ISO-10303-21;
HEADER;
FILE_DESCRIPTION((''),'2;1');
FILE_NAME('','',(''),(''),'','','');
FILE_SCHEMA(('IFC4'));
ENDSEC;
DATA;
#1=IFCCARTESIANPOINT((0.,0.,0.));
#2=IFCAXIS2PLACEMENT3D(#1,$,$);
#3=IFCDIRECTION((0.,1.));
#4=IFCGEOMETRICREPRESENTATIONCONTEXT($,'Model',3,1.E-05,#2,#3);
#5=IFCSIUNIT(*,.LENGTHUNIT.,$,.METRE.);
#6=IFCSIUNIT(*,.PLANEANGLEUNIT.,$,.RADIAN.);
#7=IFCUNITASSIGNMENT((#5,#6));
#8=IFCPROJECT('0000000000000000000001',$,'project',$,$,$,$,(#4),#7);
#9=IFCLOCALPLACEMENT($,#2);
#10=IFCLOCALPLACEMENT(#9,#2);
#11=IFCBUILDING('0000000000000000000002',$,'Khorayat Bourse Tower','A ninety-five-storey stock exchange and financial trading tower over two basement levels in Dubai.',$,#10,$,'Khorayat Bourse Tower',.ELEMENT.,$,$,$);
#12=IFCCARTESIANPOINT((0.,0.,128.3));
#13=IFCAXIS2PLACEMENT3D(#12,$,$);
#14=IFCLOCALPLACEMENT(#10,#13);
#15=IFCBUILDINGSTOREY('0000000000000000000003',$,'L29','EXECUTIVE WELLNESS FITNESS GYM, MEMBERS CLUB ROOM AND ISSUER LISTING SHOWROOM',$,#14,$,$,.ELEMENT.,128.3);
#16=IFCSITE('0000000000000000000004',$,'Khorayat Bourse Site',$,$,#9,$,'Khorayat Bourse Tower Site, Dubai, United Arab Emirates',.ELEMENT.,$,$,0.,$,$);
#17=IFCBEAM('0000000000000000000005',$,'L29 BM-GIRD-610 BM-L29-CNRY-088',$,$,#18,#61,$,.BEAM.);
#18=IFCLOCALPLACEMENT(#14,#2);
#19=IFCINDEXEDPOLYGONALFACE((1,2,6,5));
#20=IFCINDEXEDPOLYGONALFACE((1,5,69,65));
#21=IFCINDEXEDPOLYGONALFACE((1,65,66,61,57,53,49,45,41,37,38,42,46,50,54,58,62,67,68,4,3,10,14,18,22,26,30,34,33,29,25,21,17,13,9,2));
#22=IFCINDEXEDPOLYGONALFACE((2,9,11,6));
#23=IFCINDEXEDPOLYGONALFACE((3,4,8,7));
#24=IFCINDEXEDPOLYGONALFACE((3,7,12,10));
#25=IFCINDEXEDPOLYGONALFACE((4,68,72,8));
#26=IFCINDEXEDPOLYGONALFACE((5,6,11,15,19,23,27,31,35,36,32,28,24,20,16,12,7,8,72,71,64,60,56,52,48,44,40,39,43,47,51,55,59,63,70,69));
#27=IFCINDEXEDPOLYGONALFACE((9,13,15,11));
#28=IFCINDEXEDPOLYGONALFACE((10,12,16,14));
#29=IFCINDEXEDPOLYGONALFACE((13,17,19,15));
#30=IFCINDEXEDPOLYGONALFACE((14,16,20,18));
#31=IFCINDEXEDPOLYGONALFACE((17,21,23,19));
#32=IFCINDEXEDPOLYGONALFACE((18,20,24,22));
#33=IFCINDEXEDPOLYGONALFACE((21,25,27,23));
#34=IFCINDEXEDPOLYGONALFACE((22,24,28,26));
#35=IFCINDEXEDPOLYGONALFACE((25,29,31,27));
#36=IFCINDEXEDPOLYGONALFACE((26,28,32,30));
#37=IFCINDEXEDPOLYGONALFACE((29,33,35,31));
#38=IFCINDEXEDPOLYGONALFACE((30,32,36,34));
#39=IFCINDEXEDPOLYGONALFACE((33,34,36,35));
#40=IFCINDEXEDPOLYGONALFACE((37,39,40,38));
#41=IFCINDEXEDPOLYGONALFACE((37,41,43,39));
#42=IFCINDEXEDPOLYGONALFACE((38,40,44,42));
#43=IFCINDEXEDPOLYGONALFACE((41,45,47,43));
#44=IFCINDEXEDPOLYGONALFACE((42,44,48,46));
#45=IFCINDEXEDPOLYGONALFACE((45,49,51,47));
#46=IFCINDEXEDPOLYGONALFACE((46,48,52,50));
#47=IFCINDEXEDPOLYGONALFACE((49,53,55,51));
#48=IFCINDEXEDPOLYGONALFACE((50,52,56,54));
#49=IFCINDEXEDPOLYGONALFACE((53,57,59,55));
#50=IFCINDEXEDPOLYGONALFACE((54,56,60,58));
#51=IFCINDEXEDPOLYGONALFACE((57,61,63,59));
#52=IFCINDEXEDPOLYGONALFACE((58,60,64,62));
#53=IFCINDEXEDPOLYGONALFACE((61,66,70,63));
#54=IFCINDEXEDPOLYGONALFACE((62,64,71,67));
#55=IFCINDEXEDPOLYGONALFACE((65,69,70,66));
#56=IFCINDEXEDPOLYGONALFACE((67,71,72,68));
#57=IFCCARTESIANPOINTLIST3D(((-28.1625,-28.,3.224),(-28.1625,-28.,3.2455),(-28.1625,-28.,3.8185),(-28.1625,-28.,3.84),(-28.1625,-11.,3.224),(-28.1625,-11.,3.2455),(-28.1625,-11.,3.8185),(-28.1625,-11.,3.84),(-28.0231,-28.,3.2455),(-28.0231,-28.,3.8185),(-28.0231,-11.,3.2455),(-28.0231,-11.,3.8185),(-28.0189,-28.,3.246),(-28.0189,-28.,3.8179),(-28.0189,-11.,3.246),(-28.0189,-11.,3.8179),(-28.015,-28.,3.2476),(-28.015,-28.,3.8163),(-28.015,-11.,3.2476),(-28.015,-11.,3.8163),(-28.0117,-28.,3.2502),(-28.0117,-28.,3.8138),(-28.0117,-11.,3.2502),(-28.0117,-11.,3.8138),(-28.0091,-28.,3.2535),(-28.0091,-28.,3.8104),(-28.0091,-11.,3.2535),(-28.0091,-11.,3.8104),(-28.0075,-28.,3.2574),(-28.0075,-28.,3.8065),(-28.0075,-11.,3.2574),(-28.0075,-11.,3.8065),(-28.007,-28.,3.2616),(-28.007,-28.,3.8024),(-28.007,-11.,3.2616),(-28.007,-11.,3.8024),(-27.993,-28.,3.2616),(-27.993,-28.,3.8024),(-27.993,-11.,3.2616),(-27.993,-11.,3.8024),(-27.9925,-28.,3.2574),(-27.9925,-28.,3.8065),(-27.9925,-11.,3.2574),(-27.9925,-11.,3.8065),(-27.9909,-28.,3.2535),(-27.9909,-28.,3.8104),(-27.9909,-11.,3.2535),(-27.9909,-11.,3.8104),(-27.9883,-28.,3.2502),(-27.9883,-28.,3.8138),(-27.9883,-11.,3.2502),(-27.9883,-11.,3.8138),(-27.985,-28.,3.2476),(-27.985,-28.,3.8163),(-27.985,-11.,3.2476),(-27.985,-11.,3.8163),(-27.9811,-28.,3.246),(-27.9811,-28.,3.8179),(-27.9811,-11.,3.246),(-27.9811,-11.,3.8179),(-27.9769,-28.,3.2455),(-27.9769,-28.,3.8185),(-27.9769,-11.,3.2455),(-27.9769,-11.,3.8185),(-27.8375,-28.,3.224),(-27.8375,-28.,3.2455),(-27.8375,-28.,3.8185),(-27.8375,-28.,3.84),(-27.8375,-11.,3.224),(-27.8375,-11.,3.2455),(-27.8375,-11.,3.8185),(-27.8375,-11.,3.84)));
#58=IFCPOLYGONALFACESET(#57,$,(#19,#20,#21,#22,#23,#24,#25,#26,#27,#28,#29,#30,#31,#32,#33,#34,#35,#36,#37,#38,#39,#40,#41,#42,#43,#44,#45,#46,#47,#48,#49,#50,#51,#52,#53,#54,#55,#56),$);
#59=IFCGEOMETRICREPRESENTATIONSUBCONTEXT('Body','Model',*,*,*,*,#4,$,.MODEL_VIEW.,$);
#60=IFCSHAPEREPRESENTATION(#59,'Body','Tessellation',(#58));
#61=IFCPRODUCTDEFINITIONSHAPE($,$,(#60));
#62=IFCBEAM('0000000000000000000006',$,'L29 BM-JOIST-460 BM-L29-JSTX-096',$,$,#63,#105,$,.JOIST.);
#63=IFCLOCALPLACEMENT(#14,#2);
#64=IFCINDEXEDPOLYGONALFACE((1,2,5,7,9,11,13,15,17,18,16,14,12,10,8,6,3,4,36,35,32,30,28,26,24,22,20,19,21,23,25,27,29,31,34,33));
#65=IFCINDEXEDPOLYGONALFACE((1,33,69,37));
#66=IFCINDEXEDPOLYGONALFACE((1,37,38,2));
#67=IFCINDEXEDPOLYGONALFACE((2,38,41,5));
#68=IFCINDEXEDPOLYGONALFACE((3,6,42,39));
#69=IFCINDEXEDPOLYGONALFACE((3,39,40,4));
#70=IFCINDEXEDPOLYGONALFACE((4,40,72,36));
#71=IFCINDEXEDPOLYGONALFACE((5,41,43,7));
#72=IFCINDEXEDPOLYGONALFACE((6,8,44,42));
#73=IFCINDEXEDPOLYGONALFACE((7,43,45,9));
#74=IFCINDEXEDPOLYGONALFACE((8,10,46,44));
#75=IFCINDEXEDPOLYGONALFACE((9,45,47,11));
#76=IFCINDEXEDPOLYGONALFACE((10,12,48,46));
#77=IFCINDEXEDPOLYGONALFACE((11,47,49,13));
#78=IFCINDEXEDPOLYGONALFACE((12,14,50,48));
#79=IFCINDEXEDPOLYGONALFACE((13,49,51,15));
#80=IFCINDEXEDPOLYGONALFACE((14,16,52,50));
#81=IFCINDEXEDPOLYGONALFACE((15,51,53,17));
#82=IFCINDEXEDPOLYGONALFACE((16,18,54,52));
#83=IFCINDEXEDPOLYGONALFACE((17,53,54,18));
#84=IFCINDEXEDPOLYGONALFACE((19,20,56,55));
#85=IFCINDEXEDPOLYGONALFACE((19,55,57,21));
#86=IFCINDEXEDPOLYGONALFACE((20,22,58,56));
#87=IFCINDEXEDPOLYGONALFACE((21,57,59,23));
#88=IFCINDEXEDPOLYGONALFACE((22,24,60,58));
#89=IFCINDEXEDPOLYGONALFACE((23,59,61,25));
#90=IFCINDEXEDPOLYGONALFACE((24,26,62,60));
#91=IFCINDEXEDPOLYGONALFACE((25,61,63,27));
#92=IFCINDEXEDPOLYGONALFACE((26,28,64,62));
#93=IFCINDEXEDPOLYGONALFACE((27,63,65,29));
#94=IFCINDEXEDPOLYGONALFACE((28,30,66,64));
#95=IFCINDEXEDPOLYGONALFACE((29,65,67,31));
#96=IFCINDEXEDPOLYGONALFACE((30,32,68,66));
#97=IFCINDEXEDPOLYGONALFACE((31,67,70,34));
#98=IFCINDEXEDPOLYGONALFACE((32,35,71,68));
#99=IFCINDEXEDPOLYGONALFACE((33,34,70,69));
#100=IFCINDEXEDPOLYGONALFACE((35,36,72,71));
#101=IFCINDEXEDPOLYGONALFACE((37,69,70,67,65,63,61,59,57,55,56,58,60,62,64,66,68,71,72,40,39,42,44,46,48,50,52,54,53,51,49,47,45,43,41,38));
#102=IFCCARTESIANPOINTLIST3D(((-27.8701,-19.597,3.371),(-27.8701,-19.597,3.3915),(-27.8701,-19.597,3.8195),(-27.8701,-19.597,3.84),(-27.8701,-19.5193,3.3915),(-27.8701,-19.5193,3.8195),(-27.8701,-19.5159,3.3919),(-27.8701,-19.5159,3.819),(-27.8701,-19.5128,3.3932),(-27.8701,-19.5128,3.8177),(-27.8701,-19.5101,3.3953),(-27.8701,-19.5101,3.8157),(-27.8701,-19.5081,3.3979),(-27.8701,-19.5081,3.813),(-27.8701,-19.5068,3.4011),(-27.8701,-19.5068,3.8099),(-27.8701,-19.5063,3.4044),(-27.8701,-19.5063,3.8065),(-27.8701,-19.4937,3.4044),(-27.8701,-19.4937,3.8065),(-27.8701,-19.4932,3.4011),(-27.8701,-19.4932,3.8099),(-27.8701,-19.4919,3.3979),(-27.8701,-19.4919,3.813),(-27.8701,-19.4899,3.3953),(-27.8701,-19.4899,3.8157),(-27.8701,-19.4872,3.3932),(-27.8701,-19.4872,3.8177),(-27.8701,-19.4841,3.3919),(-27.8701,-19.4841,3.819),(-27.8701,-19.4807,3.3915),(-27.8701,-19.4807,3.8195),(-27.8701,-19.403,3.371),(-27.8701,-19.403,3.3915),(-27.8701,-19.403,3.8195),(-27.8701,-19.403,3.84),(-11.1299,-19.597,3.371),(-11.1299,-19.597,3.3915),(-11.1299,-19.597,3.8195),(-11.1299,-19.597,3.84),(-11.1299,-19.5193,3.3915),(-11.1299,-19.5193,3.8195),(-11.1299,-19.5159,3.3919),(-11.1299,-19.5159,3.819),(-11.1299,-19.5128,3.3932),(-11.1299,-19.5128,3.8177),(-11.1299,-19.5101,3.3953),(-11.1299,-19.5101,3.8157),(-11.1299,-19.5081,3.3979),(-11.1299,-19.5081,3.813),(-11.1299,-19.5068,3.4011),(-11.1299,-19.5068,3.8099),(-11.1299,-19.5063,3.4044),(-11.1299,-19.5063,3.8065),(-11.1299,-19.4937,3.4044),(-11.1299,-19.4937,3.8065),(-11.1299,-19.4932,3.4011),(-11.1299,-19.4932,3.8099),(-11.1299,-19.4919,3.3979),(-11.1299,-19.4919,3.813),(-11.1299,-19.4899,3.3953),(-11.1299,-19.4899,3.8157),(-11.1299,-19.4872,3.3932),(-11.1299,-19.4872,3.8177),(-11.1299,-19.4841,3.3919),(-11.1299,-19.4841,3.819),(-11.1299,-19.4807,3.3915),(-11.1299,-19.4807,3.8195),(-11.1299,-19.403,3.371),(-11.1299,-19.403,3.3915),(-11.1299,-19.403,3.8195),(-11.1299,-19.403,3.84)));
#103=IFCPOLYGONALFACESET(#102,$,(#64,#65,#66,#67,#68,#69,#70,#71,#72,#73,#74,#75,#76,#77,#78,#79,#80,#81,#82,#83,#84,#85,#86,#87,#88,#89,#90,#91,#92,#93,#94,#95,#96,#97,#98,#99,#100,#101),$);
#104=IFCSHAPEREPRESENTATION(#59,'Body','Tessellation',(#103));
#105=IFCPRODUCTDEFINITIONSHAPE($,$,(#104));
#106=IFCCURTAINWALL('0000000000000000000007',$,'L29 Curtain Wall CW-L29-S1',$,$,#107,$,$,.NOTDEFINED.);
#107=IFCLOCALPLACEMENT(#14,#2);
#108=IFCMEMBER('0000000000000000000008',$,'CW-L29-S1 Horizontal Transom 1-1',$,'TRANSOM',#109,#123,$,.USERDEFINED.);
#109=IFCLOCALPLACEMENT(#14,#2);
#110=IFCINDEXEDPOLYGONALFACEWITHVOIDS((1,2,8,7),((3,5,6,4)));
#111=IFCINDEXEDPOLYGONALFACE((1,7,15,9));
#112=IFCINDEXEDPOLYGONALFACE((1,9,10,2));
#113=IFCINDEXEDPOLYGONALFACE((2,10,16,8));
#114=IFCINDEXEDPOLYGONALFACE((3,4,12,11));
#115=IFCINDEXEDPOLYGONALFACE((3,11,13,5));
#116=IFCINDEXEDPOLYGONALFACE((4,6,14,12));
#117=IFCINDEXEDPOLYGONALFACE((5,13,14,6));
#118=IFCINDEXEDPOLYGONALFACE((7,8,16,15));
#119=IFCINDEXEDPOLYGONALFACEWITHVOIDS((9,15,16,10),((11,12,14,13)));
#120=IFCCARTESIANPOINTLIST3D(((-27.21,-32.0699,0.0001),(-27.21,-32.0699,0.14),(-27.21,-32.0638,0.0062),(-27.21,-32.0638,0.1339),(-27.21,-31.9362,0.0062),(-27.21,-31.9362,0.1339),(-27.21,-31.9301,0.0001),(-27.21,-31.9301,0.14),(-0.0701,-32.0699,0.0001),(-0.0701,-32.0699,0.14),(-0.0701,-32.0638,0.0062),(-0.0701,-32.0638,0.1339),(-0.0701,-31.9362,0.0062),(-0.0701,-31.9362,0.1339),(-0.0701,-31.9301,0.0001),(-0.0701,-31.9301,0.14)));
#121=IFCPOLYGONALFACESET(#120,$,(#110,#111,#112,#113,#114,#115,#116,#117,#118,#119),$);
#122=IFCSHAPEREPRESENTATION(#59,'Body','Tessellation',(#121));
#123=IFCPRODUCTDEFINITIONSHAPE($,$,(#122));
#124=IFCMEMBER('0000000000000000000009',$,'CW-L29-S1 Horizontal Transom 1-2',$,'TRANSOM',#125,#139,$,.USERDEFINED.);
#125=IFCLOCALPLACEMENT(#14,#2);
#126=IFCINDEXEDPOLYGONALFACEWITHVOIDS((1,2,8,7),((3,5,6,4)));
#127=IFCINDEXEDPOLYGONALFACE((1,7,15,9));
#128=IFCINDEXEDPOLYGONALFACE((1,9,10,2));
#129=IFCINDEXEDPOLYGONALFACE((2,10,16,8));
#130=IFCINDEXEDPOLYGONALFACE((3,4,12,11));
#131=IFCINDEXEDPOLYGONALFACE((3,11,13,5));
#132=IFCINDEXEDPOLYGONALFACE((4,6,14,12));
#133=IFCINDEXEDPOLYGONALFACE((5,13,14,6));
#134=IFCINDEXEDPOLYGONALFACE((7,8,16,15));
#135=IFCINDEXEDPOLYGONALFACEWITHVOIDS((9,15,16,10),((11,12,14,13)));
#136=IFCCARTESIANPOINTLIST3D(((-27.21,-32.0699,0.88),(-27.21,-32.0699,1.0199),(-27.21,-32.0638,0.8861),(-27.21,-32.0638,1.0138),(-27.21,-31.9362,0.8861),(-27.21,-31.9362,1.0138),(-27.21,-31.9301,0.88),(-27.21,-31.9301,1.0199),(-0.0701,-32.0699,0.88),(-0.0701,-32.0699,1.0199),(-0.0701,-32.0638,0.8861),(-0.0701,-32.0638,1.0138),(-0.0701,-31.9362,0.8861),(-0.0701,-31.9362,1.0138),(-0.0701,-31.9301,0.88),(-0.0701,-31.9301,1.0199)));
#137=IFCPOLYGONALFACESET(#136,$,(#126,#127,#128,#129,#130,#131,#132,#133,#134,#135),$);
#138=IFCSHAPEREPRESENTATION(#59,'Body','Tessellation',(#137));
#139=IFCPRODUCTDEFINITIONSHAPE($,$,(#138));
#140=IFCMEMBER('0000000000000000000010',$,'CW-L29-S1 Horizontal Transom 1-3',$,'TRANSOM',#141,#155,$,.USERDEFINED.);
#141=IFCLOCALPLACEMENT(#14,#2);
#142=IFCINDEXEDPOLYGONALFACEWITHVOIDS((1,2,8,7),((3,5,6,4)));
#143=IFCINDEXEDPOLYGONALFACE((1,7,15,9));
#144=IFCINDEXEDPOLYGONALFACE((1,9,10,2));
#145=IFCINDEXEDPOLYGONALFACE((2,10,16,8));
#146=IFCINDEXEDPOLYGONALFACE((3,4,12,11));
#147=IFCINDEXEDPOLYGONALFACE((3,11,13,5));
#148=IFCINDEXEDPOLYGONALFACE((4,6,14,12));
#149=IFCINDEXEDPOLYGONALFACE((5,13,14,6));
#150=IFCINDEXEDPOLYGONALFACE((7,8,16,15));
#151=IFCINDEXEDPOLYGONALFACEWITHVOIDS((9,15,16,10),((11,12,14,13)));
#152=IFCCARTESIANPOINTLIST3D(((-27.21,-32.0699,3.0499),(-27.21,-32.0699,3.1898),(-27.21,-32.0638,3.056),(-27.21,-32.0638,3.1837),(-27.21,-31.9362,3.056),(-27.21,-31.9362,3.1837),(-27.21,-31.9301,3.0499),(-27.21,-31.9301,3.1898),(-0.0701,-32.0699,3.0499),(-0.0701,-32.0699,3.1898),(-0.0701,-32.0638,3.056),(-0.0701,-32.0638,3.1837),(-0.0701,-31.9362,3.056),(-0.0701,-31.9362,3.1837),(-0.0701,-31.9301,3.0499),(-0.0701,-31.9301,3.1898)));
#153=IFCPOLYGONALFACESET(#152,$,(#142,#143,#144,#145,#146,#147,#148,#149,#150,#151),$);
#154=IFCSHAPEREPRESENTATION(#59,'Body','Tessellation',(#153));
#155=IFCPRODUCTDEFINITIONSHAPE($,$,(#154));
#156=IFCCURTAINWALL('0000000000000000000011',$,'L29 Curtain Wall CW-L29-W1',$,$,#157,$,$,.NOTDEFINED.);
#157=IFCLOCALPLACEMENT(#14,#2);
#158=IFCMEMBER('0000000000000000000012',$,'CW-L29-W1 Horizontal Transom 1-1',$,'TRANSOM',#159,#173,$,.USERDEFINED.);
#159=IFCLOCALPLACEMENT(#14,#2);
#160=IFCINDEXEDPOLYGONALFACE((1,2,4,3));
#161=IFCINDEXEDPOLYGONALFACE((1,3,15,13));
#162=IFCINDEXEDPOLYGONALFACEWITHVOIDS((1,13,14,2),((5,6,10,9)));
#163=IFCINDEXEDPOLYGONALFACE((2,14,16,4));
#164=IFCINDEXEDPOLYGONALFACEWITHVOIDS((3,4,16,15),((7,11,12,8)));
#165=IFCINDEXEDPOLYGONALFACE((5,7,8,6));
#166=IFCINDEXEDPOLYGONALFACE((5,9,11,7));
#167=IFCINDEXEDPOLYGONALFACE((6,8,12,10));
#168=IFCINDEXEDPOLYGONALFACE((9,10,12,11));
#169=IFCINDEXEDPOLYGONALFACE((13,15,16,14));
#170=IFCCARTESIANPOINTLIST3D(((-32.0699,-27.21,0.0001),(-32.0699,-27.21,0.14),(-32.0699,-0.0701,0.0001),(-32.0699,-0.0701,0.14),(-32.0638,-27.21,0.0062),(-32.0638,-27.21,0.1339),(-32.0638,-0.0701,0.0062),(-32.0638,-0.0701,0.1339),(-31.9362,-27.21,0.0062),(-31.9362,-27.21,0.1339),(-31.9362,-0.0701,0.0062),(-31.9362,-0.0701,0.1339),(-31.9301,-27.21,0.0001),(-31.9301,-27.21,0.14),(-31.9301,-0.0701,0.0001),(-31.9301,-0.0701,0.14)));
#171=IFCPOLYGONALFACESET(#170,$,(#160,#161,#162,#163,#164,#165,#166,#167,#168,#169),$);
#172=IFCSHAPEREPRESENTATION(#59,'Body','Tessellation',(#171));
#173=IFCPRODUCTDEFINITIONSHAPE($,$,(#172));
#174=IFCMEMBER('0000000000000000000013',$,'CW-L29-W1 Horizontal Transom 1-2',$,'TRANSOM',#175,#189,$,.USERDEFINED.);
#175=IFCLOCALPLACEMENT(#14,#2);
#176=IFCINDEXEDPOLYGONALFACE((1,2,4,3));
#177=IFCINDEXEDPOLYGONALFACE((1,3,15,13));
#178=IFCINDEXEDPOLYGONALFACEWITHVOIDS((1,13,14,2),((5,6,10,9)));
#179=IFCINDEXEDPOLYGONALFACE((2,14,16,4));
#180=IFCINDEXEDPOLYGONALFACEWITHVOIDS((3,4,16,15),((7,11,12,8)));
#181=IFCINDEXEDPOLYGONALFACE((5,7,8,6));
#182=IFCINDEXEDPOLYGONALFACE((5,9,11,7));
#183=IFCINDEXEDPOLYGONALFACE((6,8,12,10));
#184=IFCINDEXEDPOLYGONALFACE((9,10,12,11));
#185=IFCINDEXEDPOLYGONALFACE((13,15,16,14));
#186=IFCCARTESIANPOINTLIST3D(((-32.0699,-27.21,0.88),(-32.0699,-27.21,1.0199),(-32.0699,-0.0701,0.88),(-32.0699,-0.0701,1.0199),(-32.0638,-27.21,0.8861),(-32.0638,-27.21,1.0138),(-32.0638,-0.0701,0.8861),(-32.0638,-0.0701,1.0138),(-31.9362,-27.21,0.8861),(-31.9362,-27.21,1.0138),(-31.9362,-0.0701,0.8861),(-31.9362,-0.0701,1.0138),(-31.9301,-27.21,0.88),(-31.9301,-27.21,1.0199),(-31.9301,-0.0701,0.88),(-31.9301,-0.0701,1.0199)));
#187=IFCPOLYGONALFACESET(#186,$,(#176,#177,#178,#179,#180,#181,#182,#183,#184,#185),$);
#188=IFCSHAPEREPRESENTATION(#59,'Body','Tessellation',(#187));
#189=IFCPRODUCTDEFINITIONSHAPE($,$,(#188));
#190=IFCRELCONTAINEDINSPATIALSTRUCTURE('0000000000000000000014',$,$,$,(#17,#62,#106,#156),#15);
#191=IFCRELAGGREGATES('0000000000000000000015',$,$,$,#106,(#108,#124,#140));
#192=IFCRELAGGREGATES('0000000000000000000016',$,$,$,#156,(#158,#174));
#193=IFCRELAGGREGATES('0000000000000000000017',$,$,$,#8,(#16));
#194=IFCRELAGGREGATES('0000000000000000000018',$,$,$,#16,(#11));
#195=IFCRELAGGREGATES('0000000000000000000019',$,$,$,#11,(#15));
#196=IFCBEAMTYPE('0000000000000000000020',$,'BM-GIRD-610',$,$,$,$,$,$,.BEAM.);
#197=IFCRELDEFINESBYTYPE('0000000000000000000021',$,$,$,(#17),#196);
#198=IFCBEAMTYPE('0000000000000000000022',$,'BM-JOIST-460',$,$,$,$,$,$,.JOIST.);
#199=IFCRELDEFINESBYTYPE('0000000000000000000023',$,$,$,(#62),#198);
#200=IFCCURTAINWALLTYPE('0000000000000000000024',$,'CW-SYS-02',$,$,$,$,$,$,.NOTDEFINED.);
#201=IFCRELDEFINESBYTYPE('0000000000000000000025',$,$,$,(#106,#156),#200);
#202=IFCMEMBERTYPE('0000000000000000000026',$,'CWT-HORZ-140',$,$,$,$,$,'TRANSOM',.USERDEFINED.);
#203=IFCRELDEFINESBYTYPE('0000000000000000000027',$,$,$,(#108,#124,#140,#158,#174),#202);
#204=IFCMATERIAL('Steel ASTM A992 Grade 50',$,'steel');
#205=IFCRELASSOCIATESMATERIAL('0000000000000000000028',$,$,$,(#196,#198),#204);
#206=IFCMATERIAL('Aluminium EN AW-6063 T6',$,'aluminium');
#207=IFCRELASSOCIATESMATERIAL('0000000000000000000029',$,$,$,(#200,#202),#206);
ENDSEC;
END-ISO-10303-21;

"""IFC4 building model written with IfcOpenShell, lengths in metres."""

from ifc_helpers import new_model, si_unit, direction, frame, origin, origin_2d, place, context, subcontext, project, spatial, hollow_rectangle, i_section, extrude, source, transform, mapped, material, material_profile, profile_set, type_object, element, aggregate, save


model = new_model("IFC4")

# Units and contexts
model_context = context("Model", 3, precision=1e-05, world=origin(), true_north=direction((0.0, 1.0)))
body_context = subcontext(model_context, "Body", "Model", "MODEL_VIEW")
ifc_project = project(units=[si_unit("LENGTHUNIT", "METRE"), si_unit("PLANEANGLEUNIT", "RADIAN")], contexts=[model_context])

# Site, building, storey
site_placement = place(None, origin())
site = spatial("IfcSite", under=ifc_project, at=site_placement, Name="Khorayat Bourse Site", LongName="Khorayat Bourse Tower Site, Dubai, United Arab Emirates", CompositionType="ELEMENT", RefElevation=0.0)
building_placement = place(site_placement, origin())
building = spatial("IfcBuilding", under=site, at=building_placement, Name="Khorayat Bourse Tower", Description="A ninety-five-storey stock exchange and financial trading tower over two basement levels in Dubai.", LongName="Khorayat Bourse Tower", CompositionType="ELEMENT")
storey_placement = place(building_placement, frame((0.0, 0.0, 128.3)))
storey = spatial("IfcBuildingStorey", under=building, at=storey_placement, Name="L29", Description="EXECUTIVE WELLNESS FITNESS GYM, MEMBERS CLUB ROOM AND ISSUER LISTING SHOWROOM", CompositionType="ELEMENT", Elevation=128.3)

# Beams
ifc_material_1 = material(Name="Steel ASTM A992 Grade 50", Category="steel")
ifc_material_profile_1 = material_profile(ifc_material_1, i_section(OverallWidth=0.325, OverallDepth=0.616, WebThickness=0.0139, FlangeThickness=0.0215, FilletRadius=0.0161, at=origin_2d()), Name="W610X174")
ifc_profile_set_1 = profile_set([ifc_material_profile_1], Name="Steel ASTM A992 Grade 50")
beam_type_1 = type_object("IfcBeamType", Name="BM-GIRD-610", PredefinedType="BEAM", material=ifc_profile_set_1)
shared_shape_1 = source(origin(), body_context, "Body", "SweptSolid", [
    extrude(i_section(OverallWidth=0.325, OverallDepth=0.616, WebThickness=0.0139, FlangeThickness=0.0215, FilletRadius=0.0161, at=origin_2d()), origin(), (0.0, 0.0, 1.0), 17.0),
])
beam_1_placement = place(storey_placement, frame((-28.0, -28.0, 3.532), z_axis=(0.0, 1.0, 0.0), x_axis=(-1.0, 0.0, 0.0)))
element("IfcBeam", 1, at=beam_1_placement, inside=storey, type_object=beam_type_1, Name="L29 BM-GIRD-610 BM-L29-CNRY-088", PredefinedType="BEAM", context=body_context, shape_type="MappedRepresentation", body=[
    mapped(shared_shape_1, transform((0.0, 0.0, 0.0), scale=1.0)),
])
ifc_material_profile_2 = material_profile(ifc_material_1, i_section(OverallWidth=0.1941, OverallDepth=0.469, WebThickness=0.0127, FlangeThickness=0.0205, FilletRadius=0.0129, at=origin_2d()), Name="W460X106")
ifc_profile_set_2 = profile_set([ifc_material_profile_2], Name="Steel ASTM A992 Grade 50")
beam_type_2 = type_object("IfcBeamType", Name="BM-JOIST-460", PredefinedType="JOIST", material=ifc_profile_set_2)
shared_shape_2 = source(origin(), body_context, "Body", "SweptSolid", [
    extrude(i_section(OverallWidth=0.1941, OverallDepth=0.469, WebThickness=0.0127, FlangeThickness=0.0205, FilletRadius=0.0129, at=origin_2d()), origin(), (0.0, 0.0, 1.0), 16.7402),
])
beam_2_placement = place(storey_placement, frame((-27.8701, -19.5, 3.6055), z_axis=(1.0, 0.0, 0.0), x_axis=(0.0, 1.0, 0.0)))
element("IfcBeam", 2, at=beam_2_placement, inside=storey, type_object=beam_type_2, Name="L29 BM-JOIST-460 BM-L29-JSTX-096", PredefinedType="JOIST", context=body_context, shape_type="MappedRepresentation", body=[
    mapped(shared_shape_2, transform((0.0, 0.0, 0.0), scale=1.0)),
])

# Curtain walls, members
ifc_material_2 = material(Name="Aluminium EN AW-6063 T6", Category="aluminium")
curtain_wall_type = type_object("IfcCurtainWallType", Name="CW-SYS-02", PredefinedType="NOTDEFINED", material=ifc_material_2)
curtain_wall_1_placement = place(storey_placement, origin())
curtain_wall_1 = element("IfcCurtainWall", 3, at=curtain_wall_1_placement, inside=storey, type_object=curtain_wall_type, Name="L29 Curtain Wall CW-L29-S1", PredefinedType="NOTDEFINED")
ifc_material_profile_3 = material_profile(ifc_material_2, hollow_rectangle(XDim=0.1399, YDim=0.1399, WallThickness=0.0061, at=origin_2d()), Name="ALU 140x140x6")
ifc_profile_set_3 = profile_set([ifc_material_profile_3], Name="Aluminium EN AW-6063 T6")
member_type_1 = type_object("IfcMemberType", Name="CWT-HORZ-140", ElementType="TRANSOM", PredefinedType="USERDEFINED", material=ifc_profile_set_3)
shared_shape_3 = source(origin(), body_context, "Body", "SweptSolid", [
    extrude(hollow_rectangle(XDim=0.1399, YDim=0.1399, WallThickness=0.0061, at=origin_2d()), origin(), (0.0, 0.0, 1.0), 27.1399),
])
member_1_placement = place(storey_placement, frame((-27.21, -32.0, 0.0701), z_axis=(1.0, 0.0, 0.0), x_axis=(0.0, 1.0, 0.0)))
member_1 = element("IfcMember", 4, at=member_1_placement, type_object=member_type_1, Name="CW-L29-S1 Horizontal Transom 1-1", ObjectType="TRANSOM", PredefinedType="USERDEFINED", context=body_context, shape_type="MappedRepresentation", body=[
    mapped(shared_shape_3, transform((0.0, 0.0, 0.0), scale=1.0)),
])
member_2_placement = place(storey_placement, frame((-27.21, -32.0, 0.95), z_axis=(1.0, 0.0, 0.0), x_axis=(0.0, 1.0, 0.0)))
member_2 = element("IfcMember", 5, at=member_2_placement, type_object=member_type_1, Name="CW-L29-S1 Horizontal Transom 1-2", ObjectType="TRANSOM", PredefinedType="USERDEFINED", context=body_context, shape_type="MappedRepresentation", body=[
    mapped(shared_shape_3, transform((0.0, 0.0, 0.0), scale=1.0)),
])
member_3_placement = place(storey_placement, frame((-27.21, -32.0, 3.1199), z_axis=(1.0, 0.0, 0.0), x_axis=(0.0, 1.0, 0.0)))
member_3 = element("IfcMember", 6, at=member_3_placement, type_object=member_type_1, Name="CW-L29-S1 Horizontal Transom 1-3", ObjectType="TRANSOM", PredefinedType="USERDEFINED", context=body_context, shape_type="MappedRepresentation", body=[
    mapped(shared_shape_3, transform((0.0, 0.0, 0.0), scale=1.0)),
])
curtain_wall_2_placement = place(storey_placement, origin())
curtain_wall_2 = element("IfcCurtainWall", 7, at=curtain_wall_2_placement, inside=storey, type_object=curtain_wall_type, Name="L29 Curtain Wall CW-L29-W1", PredefinedType="NOTDEFINED")
member_4_placement = place(storey_placement, frame((-32.0, -27.21, 0.0701), z_axis=(0.0, 1.0, 0.0), x_axis=(-1.0, 0.0, 0.0)))
member_4 = element("IfcMember", 8, at=member_4_placement, type_object=member_type_1, Name="CW-L29-W1 Horizontal Transom 1-1", ObjectType="TRANSOM", PredefinedType="USERDEFINED", context=body_context, shape_type="MappedRepresentation", body=[
    mapped(shared_shape_3, transform((0.0, 0.0, 0.0), scale=1.0)),
])
member_5_placement = place(storey_placement, frame((-32.0, -27.21, 0.95), z_axis=(0.0, 1.0, 0.0), x_axis=(-1.0, 0.0, 0.0)))
member_5 = element("IfcMember", 9, at=member_5_placement, type_object=member_type_1, Name="CW-L29-W1 Horizontal Transom 1-2", ObjectType="TRANSOM", PredefinedType="USERDEFINED", context=body_context, shape_type="MappedRepresentation", body=[
    mapped(shared_shape_3, transform((0.0, 0.0, 0.0), scale=1.0)),
])

aggregate(curtain_wall_1, [member_1, member_2, member_3])
aggregate(curtain_wall_2, [member_4, member_5])

save(model, "model.ifc")
